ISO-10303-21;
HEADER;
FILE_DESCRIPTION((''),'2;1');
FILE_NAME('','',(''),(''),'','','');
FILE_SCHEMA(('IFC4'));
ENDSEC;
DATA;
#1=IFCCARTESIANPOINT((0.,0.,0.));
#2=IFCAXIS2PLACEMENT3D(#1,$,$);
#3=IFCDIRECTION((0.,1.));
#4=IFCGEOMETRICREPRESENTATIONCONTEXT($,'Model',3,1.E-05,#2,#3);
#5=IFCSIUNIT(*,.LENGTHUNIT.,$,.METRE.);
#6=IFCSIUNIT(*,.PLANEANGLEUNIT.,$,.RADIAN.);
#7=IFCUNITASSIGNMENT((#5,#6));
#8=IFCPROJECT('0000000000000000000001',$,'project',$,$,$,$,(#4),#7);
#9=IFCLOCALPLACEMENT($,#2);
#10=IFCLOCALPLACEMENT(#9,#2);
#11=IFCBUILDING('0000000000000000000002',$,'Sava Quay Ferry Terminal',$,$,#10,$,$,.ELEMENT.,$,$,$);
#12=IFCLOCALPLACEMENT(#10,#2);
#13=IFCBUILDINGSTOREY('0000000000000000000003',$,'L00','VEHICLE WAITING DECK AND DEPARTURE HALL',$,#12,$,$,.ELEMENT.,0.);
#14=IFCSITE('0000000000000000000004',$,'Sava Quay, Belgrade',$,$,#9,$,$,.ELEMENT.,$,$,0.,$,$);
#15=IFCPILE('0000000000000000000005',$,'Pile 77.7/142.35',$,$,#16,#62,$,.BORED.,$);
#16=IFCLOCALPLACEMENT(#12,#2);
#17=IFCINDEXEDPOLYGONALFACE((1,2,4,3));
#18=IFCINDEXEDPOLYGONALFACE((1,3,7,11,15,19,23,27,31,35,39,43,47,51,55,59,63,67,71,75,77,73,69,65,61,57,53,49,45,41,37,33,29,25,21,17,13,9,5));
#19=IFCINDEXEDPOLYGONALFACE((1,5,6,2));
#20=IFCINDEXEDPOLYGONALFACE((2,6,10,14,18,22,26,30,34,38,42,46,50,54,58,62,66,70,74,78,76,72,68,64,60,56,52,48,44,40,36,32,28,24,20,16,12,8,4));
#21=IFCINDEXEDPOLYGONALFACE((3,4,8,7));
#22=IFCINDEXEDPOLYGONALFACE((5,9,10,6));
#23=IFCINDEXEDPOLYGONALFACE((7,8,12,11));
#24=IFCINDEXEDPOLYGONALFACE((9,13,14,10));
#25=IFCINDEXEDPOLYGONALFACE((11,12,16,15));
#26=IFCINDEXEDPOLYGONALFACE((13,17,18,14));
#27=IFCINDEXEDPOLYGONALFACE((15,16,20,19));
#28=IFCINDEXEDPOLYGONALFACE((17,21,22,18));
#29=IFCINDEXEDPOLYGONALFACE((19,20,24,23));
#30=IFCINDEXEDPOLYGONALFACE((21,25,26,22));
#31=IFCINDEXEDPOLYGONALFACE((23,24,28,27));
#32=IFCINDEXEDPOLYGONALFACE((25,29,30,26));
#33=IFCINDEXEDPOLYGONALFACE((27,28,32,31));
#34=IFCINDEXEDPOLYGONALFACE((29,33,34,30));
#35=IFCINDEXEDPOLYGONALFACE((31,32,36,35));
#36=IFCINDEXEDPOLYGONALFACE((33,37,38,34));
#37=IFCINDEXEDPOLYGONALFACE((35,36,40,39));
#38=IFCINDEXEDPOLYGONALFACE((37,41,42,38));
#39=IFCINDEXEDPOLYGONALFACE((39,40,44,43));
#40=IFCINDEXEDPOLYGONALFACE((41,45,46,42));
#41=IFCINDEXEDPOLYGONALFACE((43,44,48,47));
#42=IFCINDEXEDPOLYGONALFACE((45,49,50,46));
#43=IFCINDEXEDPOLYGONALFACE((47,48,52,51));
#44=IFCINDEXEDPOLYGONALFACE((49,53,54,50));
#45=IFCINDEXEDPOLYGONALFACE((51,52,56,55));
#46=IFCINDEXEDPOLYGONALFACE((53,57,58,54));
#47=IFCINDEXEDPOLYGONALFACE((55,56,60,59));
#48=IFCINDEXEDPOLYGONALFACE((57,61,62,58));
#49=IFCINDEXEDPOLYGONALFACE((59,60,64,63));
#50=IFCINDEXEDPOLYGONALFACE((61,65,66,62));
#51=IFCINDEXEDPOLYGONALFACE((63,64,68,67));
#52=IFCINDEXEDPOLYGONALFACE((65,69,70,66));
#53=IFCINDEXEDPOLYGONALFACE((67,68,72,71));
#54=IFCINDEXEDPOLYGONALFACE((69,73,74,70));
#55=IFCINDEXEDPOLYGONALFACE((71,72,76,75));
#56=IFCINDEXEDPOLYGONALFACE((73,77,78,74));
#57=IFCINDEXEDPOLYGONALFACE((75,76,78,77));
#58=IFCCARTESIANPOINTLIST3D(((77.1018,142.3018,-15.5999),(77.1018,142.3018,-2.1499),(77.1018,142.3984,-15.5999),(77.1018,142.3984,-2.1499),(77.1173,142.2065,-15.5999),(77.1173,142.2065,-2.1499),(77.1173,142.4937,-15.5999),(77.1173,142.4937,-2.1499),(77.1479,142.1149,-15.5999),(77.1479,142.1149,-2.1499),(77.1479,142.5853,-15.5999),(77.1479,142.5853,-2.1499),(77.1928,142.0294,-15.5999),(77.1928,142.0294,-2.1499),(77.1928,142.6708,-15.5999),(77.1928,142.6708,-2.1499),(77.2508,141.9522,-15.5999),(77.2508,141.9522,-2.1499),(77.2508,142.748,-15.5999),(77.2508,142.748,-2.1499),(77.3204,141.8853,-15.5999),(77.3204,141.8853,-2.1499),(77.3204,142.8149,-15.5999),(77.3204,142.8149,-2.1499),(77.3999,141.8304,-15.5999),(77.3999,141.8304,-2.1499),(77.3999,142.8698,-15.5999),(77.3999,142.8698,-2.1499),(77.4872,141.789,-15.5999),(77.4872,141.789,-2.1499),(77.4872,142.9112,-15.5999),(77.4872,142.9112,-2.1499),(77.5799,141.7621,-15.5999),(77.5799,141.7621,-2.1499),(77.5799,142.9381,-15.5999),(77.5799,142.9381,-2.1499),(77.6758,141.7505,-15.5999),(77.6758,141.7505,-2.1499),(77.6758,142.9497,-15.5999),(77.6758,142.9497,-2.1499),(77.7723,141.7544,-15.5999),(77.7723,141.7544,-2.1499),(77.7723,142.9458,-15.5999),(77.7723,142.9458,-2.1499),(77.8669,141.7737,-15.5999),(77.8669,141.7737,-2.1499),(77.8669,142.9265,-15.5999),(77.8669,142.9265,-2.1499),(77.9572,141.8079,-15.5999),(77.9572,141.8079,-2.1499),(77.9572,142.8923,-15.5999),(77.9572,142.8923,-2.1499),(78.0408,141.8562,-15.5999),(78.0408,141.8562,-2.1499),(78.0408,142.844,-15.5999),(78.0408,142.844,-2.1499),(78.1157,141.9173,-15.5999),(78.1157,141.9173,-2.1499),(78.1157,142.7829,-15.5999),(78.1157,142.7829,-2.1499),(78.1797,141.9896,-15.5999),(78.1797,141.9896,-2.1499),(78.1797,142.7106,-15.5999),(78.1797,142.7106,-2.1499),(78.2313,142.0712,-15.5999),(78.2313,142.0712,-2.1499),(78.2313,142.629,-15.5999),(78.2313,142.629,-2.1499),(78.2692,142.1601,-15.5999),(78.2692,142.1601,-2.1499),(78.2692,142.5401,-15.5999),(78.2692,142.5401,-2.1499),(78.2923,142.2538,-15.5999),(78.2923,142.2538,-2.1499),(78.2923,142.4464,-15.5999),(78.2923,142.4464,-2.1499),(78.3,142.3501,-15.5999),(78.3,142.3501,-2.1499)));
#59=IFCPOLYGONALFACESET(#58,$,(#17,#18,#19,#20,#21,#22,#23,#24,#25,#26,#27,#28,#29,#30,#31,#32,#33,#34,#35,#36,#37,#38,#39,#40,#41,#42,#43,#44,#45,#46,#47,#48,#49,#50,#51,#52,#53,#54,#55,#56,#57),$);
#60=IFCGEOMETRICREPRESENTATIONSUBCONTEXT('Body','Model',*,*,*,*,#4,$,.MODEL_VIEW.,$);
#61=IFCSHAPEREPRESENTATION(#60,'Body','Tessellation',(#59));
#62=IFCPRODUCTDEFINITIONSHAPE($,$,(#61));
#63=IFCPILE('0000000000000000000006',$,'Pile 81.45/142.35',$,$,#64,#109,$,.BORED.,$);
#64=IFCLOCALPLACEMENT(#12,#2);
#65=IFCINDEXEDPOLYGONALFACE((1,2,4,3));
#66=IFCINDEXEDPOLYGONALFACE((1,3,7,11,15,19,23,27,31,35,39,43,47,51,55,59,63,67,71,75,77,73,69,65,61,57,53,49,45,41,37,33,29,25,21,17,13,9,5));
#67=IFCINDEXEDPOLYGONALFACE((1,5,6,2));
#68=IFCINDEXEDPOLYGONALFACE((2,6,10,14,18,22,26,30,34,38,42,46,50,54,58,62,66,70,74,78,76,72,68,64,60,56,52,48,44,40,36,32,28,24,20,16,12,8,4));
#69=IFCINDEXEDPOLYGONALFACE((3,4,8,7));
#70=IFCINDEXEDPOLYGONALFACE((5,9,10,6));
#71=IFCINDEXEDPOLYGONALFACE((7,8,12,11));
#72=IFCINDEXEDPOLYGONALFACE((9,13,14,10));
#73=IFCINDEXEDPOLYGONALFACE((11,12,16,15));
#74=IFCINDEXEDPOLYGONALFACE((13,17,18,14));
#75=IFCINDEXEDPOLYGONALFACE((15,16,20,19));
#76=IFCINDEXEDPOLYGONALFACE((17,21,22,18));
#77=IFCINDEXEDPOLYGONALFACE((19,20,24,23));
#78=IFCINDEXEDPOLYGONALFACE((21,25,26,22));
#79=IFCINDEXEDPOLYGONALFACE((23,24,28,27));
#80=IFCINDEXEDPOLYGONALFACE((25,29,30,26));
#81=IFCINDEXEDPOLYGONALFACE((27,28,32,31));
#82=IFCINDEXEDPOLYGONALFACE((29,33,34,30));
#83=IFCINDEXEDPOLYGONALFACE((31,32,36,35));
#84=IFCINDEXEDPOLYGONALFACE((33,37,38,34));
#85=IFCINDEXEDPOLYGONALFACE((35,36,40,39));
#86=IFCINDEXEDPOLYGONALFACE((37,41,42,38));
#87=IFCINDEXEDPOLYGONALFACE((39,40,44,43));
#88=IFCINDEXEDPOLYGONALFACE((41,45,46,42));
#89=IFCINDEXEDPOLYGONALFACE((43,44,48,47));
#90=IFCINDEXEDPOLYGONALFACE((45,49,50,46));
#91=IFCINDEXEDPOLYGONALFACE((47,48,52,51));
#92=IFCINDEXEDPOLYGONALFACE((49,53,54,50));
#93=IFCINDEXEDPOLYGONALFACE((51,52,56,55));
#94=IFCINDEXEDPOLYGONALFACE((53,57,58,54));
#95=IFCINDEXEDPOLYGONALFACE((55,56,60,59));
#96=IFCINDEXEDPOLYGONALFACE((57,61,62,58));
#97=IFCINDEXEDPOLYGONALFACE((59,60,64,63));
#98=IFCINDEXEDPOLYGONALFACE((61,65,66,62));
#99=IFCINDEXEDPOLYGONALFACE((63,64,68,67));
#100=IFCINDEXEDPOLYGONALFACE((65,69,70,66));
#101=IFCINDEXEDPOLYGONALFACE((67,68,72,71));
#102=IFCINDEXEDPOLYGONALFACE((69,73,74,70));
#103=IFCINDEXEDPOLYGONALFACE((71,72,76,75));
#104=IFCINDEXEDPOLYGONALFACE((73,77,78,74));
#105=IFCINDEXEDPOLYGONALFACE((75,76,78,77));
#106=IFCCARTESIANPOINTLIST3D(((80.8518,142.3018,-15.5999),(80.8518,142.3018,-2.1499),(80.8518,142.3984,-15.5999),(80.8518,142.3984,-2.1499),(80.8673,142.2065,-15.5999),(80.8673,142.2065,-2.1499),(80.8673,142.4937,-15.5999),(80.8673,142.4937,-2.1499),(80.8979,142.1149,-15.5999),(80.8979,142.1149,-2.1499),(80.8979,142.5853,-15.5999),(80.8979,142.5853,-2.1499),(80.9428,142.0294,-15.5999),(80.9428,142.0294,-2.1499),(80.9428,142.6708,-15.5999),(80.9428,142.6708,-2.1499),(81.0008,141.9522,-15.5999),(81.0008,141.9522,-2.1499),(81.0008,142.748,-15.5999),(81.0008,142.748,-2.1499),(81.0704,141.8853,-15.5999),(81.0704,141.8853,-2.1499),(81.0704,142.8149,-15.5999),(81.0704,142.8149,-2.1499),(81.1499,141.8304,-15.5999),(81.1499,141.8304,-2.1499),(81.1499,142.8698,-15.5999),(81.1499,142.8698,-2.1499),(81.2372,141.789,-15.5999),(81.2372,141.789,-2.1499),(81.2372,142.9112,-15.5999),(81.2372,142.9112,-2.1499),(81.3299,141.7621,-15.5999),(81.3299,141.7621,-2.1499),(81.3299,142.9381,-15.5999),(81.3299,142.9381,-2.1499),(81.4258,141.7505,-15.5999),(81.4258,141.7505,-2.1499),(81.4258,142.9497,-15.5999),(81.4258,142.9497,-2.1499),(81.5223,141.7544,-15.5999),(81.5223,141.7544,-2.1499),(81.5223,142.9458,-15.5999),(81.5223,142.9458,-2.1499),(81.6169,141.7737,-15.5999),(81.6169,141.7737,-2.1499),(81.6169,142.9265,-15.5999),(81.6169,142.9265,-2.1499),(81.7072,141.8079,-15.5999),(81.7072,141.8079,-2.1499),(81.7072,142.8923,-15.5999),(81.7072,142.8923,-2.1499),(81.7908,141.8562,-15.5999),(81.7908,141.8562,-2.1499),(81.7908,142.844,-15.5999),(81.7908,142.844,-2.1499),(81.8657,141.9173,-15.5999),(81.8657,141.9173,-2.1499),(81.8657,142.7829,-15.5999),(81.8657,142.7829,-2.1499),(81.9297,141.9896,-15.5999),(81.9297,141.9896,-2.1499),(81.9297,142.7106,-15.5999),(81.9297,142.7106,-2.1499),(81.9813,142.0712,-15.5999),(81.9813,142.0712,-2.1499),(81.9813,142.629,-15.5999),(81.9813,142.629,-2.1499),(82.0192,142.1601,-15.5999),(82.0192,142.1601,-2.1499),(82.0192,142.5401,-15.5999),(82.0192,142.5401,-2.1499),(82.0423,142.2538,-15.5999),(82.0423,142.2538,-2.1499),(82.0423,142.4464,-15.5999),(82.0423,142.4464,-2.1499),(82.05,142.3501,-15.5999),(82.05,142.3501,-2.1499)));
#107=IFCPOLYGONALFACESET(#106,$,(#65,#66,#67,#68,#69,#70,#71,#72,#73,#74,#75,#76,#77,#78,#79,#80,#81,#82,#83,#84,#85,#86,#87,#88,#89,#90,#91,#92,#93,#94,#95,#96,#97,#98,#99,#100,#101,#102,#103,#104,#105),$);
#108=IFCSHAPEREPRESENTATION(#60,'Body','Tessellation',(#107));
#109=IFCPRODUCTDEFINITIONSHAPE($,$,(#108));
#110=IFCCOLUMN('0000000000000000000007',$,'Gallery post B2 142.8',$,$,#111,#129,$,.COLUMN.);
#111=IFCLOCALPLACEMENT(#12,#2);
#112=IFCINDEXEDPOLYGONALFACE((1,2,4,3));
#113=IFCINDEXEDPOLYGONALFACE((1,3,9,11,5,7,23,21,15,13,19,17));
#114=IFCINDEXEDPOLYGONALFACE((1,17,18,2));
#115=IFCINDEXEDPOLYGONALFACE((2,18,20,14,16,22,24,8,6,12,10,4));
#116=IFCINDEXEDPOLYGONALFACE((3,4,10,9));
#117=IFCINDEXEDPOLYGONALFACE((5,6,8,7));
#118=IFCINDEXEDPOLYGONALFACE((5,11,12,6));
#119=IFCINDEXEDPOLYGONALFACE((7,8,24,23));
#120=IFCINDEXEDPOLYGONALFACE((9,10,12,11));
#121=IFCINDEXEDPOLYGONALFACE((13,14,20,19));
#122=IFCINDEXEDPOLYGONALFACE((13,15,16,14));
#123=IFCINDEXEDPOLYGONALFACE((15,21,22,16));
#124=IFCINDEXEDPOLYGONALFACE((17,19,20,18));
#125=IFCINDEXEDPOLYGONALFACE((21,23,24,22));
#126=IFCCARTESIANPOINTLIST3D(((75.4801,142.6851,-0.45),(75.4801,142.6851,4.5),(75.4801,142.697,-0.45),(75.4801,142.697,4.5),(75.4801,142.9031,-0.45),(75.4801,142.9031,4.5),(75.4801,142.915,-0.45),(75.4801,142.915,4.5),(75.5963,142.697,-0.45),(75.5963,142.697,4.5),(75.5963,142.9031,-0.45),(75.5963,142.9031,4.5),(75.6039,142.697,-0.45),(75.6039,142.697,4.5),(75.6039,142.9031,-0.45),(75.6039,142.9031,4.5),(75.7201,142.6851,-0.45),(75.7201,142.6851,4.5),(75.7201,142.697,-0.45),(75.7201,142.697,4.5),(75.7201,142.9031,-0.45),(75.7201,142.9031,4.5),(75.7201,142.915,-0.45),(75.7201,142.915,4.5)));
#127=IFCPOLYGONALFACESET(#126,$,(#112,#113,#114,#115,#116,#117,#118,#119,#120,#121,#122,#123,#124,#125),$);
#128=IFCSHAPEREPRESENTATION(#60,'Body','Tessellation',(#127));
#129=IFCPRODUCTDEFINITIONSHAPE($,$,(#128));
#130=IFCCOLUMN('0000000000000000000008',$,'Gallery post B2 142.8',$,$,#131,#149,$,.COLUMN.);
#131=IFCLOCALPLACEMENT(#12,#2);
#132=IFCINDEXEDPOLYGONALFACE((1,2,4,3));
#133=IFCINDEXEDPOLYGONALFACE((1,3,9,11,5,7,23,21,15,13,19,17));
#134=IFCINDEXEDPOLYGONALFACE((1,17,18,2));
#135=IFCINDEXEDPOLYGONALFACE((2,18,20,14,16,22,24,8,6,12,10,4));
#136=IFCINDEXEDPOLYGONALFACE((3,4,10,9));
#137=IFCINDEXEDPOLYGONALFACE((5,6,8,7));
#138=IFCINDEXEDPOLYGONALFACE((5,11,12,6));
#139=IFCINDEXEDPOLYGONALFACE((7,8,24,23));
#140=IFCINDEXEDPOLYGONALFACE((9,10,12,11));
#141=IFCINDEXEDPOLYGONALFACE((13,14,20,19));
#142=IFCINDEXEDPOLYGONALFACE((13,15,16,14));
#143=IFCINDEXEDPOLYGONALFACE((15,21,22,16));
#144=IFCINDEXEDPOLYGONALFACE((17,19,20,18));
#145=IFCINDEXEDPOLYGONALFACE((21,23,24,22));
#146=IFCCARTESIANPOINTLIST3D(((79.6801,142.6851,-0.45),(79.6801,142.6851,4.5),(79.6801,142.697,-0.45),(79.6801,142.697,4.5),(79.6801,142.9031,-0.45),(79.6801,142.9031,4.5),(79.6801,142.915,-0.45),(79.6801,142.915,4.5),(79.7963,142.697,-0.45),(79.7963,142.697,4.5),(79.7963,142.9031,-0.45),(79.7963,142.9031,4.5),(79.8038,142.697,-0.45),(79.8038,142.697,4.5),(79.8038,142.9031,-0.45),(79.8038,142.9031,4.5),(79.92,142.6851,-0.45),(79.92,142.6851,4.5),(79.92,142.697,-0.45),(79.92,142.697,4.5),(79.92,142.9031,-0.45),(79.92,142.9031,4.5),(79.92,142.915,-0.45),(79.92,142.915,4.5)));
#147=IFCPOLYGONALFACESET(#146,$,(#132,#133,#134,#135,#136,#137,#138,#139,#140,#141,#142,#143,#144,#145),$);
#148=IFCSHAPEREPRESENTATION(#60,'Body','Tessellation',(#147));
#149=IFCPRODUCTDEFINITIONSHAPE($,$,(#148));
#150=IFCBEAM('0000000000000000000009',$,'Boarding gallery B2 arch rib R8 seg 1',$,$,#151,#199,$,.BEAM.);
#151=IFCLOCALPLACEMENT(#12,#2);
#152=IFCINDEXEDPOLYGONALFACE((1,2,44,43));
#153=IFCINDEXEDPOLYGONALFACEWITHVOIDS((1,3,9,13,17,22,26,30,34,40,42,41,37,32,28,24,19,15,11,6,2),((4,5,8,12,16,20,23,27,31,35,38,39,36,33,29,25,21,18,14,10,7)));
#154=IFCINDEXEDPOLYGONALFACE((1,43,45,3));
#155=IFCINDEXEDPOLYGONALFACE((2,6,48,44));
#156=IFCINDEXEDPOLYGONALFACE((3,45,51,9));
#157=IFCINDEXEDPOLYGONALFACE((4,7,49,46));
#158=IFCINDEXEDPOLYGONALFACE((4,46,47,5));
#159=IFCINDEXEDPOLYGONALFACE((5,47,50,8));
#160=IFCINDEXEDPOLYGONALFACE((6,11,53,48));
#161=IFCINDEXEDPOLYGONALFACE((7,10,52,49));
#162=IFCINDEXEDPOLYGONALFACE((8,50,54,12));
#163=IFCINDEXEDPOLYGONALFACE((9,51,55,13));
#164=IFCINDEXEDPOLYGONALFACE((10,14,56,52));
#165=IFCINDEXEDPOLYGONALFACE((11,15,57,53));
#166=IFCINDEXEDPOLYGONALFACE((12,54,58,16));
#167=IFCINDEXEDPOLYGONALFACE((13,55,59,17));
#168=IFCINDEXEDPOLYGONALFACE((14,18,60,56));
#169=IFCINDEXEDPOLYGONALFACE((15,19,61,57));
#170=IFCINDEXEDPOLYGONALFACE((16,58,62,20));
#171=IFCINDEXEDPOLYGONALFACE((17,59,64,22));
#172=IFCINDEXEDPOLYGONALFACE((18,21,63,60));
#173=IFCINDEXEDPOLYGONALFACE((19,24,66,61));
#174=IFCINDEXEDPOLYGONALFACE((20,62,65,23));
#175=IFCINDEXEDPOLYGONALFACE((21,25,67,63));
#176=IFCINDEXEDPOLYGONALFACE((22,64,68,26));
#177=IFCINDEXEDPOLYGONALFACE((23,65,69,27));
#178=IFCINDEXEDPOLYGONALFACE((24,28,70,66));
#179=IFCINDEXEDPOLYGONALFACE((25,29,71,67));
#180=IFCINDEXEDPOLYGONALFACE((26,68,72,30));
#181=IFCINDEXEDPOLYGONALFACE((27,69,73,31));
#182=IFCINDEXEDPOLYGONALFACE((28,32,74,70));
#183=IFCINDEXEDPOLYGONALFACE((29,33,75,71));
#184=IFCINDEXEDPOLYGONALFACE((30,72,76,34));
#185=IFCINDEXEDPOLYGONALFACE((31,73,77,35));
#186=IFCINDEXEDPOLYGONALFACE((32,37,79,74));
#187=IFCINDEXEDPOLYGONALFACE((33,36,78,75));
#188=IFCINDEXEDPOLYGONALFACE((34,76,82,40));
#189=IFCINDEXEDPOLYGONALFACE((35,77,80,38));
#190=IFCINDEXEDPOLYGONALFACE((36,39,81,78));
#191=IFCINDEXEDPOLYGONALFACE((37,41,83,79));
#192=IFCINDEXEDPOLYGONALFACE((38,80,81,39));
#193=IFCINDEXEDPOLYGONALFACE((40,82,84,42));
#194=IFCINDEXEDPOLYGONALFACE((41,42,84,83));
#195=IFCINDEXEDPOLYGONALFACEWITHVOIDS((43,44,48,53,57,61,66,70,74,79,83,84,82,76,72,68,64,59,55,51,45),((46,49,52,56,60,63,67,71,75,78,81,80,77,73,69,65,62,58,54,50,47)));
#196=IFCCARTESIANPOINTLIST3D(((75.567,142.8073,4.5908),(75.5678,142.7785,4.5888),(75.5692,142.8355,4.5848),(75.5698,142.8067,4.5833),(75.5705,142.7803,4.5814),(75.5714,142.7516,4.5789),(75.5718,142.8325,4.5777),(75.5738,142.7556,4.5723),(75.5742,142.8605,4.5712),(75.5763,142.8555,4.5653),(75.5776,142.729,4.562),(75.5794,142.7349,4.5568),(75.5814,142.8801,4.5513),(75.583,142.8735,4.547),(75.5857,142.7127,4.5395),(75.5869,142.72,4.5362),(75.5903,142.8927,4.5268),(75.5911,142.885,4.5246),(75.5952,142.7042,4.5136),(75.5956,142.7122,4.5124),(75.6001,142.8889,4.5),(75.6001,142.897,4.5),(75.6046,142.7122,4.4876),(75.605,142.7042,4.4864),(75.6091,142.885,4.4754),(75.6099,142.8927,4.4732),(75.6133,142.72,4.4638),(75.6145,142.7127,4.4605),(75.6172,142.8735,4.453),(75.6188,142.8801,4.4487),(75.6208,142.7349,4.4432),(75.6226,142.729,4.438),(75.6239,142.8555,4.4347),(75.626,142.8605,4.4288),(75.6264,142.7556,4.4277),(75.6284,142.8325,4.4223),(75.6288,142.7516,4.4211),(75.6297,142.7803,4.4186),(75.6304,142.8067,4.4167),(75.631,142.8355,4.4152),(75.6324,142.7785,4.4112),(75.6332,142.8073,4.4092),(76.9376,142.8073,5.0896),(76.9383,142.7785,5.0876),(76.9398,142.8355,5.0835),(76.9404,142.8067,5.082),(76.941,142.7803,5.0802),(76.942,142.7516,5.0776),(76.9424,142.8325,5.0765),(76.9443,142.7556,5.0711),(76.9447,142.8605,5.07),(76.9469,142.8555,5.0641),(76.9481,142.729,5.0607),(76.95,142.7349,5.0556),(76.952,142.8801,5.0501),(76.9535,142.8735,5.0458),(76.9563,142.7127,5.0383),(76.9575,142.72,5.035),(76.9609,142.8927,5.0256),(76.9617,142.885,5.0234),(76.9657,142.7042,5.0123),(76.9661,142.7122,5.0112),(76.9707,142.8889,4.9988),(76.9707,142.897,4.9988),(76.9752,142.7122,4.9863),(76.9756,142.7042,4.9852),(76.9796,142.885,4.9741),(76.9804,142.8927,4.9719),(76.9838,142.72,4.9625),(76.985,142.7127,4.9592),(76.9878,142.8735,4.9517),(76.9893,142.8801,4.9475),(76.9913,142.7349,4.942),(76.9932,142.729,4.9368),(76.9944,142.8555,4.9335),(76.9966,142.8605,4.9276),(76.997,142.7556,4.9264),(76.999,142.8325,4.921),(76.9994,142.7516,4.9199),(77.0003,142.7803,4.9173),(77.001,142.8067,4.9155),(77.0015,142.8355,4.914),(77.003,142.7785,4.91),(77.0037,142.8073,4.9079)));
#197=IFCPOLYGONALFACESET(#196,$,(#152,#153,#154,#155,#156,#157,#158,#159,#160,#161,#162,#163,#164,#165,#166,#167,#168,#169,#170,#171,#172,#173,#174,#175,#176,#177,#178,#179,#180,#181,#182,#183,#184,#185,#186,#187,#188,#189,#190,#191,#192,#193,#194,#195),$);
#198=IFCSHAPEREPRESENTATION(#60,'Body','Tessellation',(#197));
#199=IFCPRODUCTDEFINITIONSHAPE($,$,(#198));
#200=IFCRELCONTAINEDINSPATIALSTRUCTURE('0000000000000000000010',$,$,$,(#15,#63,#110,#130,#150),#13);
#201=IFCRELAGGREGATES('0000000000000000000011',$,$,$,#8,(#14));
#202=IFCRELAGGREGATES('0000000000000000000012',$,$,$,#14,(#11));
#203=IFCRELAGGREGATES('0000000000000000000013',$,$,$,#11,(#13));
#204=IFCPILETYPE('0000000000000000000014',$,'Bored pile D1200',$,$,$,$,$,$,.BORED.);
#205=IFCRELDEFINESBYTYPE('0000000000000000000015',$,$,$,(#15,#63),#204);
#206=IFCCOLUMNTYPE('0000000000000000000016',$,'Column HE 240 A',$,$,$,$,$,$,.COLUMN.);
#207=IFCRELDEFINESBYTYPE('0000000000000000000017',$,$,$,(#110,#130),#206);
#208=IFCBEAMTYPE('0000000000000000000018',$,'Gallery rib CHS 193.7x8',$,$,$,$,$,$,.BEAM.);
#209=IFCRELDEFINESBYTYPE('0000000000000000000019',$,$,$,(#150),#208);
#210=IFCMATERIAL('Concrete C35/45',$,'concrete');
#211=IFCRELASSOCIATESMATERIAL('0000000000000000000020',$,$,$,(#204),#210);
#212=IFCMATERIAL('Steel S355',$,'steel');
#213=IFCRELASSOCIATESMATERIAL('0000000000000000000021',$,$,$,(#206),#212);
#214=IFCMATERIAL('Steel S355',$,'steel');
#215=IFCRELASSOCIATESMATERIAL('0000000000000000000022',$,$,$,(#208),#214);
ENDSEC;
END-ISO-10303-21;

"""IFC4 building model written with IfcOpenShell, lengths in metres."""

from ifc_helpers import new_model, si_unit, direction, frame, origin, origin_2d, place, context, subcontext, project, spatial, circle, hollow_circle, i_section, extrude, material, material_profile, profile_set, type_object, element, save


model = new_model("IFC4")

# Units and contexts
model_context = context("Model", 3, precision=1e-05, world=origin(), true_north=direction((0.0, 1.0)))
body_context = subcontext(model_context, "Body", "Model", "MODEL_VIEW")
ifc_project = project(units=[si_unit("LENGTHUNIT", "METRE"), si_unit("PLANEANGLEUNIT", "RADIAN")], contexts=[model_context])

# Site, building, storey
site_placement = place(None, origin())
site = spatial("IfcSite", under=ifc_project, at=site_placement, Name="Sava Quay, Belgrade", CompositionType="ELEMENT", RefElevation=0.0)
building_placement = place(site_placement, origin())
building = spatial("IfcBuilding", under=site, at=building_placement, Name="Sava Quay Ferry Terminal", CompositionType="ELEMENT")
storey_placement = place(building_placement, origin())
storey = spatial("IfcBuildingStorey", under=building, at=storey_placement, Name="L00", Description="VEHICLE WAITING DECK AND DEPARTURE HALL", CompositionType="ELEMENT", Elevation=0.0)

# Piles
ifc_material_1 = material(Name="Concrete C35/45", Category="concrete")
ifc_material_profile_1 = material_profile(ifc_material_1, circle(Radius=0.6001, at=origin_2d()), Name="Bored pile D1200")
ifc_profile_set_1 = profile_set([ifc_material_profile_1], Name="Concrete C35/45")
pile_type = type_object("IfcPileType", Name="Bored pile D1200", PredefinedType="BORED", material=ifc_profile_set_1)
for number, where, z_axis, x_axis, name in (
    (1, (77.7, 142.3501, -2.1499), (0.0, 0.0, -1.0), (1.0, 0.0, 0.0), "Pile 77.7/142.35"),
    (2, (81.45, 142.3501, -2.1499), (0.0, 0.0, -1.0), (1.0, 0.0, 0.0), "Pile 81.45/142.35"),
):
    element("IfcPile", number, at=place(storey_placement, frame(where, z_axis=z_axis, x_axis=x_axis)), inside=storey, type_object=pile_type, Name=name, PredefinedType="BORED", context=body_context, shape_type="SweptSolid", body=[
        extrude(circle(Radius=0.6001, at=origin_2d()), origin(), (0.0, 0.0, 1.0), 13.45),
    ])

# Columns
ifc_material_2 = material(Name="Steel S355", Category="steel")
ifc_material_profile_2 = material_profile(ifc_material_2, i_section(OverallWidth=0.24, OverallDepth=0.23, WebThickness=0.0076, FlangeThickness=0.012, at=origin_2d()), Name="HE 240 A")
ifc_profile_set_2 = profile_set([ifc_material_profile_2], Name="Steel S355")
column_type = type_object("IfcColumnType", Name="Column HE 240 A", PredefinedType="COLUMN", material=ifc_profile_set_2)
for number, where, z_axis, x_axis, name in (
    (3, (75.6001, 142.8, -0.45), (0.0, 0.0, 1.0), (1.0, 0.0, 0.0), "Gallery post B2 142.8"),
    (4, (79.8, 142.8, -0.45), (0.0, 0.0, 1.0), (1.0, 0.0, 0.0), "Gallery post B2 142.8"),
):
    element("IfcColumn", number, at=place(storey_placement, frame(where, z_axis=z_axis, x_axis=x_axis)), inside=storey, type_object=column_type, Name=name, PredefinedType="COLUMN", context=body_context, shape_type="SweptSolid", body=[
        extrude(i_section(OverallWidth=0.24, OverallDepth=0.23, WebThickness=0.0076, FlangeThickness=0.012, at=origin_2d()), origin(), (0.0, 0.0, 1.0), 4.95),
    ])

# Beam
ifc_material_3 = material(Name="Steel S355", Category="steel")
ifc_material_profile_3 = material_profile(ifc_material_3, hollow_circle(Radius=0.0969, WallThickness=0.0081, at=origin_2d()), Name="CHS 193.7 x 8.0")
ifc_profile_set_3 = profile_set([ifc_material_profile_3], Name="Steel S355")
beam_type = type_object("IfcBeamType", Name="Gallery rib CHS 193.7x8", PredefinedType="BEAM", material=ifc_profile_set_3)
beam_1_placement = place(storey_placement, frame((75.6001, 142.8, 4.5), z_axis=(0.93971, 0.0, 0.341972), x_axis=(0.0, 1.0, 0.0)))
element("IfcBeam", 5, at=beam_1_placement, inside=storey, type_object=beam_type, Name="Boarding gallery B2 arch rib R8 seg 1", PredefinedType="BEAM", context=body_context, shape_type="SweptSolid", body=[
    extrude(hollow_circle(Radius=0.0969, WallThickness=0.0081, at=origin_2d()), origin(), (0.0, 0.0, 1.0), 1.4585),
])

save(model, "model.ifc")
